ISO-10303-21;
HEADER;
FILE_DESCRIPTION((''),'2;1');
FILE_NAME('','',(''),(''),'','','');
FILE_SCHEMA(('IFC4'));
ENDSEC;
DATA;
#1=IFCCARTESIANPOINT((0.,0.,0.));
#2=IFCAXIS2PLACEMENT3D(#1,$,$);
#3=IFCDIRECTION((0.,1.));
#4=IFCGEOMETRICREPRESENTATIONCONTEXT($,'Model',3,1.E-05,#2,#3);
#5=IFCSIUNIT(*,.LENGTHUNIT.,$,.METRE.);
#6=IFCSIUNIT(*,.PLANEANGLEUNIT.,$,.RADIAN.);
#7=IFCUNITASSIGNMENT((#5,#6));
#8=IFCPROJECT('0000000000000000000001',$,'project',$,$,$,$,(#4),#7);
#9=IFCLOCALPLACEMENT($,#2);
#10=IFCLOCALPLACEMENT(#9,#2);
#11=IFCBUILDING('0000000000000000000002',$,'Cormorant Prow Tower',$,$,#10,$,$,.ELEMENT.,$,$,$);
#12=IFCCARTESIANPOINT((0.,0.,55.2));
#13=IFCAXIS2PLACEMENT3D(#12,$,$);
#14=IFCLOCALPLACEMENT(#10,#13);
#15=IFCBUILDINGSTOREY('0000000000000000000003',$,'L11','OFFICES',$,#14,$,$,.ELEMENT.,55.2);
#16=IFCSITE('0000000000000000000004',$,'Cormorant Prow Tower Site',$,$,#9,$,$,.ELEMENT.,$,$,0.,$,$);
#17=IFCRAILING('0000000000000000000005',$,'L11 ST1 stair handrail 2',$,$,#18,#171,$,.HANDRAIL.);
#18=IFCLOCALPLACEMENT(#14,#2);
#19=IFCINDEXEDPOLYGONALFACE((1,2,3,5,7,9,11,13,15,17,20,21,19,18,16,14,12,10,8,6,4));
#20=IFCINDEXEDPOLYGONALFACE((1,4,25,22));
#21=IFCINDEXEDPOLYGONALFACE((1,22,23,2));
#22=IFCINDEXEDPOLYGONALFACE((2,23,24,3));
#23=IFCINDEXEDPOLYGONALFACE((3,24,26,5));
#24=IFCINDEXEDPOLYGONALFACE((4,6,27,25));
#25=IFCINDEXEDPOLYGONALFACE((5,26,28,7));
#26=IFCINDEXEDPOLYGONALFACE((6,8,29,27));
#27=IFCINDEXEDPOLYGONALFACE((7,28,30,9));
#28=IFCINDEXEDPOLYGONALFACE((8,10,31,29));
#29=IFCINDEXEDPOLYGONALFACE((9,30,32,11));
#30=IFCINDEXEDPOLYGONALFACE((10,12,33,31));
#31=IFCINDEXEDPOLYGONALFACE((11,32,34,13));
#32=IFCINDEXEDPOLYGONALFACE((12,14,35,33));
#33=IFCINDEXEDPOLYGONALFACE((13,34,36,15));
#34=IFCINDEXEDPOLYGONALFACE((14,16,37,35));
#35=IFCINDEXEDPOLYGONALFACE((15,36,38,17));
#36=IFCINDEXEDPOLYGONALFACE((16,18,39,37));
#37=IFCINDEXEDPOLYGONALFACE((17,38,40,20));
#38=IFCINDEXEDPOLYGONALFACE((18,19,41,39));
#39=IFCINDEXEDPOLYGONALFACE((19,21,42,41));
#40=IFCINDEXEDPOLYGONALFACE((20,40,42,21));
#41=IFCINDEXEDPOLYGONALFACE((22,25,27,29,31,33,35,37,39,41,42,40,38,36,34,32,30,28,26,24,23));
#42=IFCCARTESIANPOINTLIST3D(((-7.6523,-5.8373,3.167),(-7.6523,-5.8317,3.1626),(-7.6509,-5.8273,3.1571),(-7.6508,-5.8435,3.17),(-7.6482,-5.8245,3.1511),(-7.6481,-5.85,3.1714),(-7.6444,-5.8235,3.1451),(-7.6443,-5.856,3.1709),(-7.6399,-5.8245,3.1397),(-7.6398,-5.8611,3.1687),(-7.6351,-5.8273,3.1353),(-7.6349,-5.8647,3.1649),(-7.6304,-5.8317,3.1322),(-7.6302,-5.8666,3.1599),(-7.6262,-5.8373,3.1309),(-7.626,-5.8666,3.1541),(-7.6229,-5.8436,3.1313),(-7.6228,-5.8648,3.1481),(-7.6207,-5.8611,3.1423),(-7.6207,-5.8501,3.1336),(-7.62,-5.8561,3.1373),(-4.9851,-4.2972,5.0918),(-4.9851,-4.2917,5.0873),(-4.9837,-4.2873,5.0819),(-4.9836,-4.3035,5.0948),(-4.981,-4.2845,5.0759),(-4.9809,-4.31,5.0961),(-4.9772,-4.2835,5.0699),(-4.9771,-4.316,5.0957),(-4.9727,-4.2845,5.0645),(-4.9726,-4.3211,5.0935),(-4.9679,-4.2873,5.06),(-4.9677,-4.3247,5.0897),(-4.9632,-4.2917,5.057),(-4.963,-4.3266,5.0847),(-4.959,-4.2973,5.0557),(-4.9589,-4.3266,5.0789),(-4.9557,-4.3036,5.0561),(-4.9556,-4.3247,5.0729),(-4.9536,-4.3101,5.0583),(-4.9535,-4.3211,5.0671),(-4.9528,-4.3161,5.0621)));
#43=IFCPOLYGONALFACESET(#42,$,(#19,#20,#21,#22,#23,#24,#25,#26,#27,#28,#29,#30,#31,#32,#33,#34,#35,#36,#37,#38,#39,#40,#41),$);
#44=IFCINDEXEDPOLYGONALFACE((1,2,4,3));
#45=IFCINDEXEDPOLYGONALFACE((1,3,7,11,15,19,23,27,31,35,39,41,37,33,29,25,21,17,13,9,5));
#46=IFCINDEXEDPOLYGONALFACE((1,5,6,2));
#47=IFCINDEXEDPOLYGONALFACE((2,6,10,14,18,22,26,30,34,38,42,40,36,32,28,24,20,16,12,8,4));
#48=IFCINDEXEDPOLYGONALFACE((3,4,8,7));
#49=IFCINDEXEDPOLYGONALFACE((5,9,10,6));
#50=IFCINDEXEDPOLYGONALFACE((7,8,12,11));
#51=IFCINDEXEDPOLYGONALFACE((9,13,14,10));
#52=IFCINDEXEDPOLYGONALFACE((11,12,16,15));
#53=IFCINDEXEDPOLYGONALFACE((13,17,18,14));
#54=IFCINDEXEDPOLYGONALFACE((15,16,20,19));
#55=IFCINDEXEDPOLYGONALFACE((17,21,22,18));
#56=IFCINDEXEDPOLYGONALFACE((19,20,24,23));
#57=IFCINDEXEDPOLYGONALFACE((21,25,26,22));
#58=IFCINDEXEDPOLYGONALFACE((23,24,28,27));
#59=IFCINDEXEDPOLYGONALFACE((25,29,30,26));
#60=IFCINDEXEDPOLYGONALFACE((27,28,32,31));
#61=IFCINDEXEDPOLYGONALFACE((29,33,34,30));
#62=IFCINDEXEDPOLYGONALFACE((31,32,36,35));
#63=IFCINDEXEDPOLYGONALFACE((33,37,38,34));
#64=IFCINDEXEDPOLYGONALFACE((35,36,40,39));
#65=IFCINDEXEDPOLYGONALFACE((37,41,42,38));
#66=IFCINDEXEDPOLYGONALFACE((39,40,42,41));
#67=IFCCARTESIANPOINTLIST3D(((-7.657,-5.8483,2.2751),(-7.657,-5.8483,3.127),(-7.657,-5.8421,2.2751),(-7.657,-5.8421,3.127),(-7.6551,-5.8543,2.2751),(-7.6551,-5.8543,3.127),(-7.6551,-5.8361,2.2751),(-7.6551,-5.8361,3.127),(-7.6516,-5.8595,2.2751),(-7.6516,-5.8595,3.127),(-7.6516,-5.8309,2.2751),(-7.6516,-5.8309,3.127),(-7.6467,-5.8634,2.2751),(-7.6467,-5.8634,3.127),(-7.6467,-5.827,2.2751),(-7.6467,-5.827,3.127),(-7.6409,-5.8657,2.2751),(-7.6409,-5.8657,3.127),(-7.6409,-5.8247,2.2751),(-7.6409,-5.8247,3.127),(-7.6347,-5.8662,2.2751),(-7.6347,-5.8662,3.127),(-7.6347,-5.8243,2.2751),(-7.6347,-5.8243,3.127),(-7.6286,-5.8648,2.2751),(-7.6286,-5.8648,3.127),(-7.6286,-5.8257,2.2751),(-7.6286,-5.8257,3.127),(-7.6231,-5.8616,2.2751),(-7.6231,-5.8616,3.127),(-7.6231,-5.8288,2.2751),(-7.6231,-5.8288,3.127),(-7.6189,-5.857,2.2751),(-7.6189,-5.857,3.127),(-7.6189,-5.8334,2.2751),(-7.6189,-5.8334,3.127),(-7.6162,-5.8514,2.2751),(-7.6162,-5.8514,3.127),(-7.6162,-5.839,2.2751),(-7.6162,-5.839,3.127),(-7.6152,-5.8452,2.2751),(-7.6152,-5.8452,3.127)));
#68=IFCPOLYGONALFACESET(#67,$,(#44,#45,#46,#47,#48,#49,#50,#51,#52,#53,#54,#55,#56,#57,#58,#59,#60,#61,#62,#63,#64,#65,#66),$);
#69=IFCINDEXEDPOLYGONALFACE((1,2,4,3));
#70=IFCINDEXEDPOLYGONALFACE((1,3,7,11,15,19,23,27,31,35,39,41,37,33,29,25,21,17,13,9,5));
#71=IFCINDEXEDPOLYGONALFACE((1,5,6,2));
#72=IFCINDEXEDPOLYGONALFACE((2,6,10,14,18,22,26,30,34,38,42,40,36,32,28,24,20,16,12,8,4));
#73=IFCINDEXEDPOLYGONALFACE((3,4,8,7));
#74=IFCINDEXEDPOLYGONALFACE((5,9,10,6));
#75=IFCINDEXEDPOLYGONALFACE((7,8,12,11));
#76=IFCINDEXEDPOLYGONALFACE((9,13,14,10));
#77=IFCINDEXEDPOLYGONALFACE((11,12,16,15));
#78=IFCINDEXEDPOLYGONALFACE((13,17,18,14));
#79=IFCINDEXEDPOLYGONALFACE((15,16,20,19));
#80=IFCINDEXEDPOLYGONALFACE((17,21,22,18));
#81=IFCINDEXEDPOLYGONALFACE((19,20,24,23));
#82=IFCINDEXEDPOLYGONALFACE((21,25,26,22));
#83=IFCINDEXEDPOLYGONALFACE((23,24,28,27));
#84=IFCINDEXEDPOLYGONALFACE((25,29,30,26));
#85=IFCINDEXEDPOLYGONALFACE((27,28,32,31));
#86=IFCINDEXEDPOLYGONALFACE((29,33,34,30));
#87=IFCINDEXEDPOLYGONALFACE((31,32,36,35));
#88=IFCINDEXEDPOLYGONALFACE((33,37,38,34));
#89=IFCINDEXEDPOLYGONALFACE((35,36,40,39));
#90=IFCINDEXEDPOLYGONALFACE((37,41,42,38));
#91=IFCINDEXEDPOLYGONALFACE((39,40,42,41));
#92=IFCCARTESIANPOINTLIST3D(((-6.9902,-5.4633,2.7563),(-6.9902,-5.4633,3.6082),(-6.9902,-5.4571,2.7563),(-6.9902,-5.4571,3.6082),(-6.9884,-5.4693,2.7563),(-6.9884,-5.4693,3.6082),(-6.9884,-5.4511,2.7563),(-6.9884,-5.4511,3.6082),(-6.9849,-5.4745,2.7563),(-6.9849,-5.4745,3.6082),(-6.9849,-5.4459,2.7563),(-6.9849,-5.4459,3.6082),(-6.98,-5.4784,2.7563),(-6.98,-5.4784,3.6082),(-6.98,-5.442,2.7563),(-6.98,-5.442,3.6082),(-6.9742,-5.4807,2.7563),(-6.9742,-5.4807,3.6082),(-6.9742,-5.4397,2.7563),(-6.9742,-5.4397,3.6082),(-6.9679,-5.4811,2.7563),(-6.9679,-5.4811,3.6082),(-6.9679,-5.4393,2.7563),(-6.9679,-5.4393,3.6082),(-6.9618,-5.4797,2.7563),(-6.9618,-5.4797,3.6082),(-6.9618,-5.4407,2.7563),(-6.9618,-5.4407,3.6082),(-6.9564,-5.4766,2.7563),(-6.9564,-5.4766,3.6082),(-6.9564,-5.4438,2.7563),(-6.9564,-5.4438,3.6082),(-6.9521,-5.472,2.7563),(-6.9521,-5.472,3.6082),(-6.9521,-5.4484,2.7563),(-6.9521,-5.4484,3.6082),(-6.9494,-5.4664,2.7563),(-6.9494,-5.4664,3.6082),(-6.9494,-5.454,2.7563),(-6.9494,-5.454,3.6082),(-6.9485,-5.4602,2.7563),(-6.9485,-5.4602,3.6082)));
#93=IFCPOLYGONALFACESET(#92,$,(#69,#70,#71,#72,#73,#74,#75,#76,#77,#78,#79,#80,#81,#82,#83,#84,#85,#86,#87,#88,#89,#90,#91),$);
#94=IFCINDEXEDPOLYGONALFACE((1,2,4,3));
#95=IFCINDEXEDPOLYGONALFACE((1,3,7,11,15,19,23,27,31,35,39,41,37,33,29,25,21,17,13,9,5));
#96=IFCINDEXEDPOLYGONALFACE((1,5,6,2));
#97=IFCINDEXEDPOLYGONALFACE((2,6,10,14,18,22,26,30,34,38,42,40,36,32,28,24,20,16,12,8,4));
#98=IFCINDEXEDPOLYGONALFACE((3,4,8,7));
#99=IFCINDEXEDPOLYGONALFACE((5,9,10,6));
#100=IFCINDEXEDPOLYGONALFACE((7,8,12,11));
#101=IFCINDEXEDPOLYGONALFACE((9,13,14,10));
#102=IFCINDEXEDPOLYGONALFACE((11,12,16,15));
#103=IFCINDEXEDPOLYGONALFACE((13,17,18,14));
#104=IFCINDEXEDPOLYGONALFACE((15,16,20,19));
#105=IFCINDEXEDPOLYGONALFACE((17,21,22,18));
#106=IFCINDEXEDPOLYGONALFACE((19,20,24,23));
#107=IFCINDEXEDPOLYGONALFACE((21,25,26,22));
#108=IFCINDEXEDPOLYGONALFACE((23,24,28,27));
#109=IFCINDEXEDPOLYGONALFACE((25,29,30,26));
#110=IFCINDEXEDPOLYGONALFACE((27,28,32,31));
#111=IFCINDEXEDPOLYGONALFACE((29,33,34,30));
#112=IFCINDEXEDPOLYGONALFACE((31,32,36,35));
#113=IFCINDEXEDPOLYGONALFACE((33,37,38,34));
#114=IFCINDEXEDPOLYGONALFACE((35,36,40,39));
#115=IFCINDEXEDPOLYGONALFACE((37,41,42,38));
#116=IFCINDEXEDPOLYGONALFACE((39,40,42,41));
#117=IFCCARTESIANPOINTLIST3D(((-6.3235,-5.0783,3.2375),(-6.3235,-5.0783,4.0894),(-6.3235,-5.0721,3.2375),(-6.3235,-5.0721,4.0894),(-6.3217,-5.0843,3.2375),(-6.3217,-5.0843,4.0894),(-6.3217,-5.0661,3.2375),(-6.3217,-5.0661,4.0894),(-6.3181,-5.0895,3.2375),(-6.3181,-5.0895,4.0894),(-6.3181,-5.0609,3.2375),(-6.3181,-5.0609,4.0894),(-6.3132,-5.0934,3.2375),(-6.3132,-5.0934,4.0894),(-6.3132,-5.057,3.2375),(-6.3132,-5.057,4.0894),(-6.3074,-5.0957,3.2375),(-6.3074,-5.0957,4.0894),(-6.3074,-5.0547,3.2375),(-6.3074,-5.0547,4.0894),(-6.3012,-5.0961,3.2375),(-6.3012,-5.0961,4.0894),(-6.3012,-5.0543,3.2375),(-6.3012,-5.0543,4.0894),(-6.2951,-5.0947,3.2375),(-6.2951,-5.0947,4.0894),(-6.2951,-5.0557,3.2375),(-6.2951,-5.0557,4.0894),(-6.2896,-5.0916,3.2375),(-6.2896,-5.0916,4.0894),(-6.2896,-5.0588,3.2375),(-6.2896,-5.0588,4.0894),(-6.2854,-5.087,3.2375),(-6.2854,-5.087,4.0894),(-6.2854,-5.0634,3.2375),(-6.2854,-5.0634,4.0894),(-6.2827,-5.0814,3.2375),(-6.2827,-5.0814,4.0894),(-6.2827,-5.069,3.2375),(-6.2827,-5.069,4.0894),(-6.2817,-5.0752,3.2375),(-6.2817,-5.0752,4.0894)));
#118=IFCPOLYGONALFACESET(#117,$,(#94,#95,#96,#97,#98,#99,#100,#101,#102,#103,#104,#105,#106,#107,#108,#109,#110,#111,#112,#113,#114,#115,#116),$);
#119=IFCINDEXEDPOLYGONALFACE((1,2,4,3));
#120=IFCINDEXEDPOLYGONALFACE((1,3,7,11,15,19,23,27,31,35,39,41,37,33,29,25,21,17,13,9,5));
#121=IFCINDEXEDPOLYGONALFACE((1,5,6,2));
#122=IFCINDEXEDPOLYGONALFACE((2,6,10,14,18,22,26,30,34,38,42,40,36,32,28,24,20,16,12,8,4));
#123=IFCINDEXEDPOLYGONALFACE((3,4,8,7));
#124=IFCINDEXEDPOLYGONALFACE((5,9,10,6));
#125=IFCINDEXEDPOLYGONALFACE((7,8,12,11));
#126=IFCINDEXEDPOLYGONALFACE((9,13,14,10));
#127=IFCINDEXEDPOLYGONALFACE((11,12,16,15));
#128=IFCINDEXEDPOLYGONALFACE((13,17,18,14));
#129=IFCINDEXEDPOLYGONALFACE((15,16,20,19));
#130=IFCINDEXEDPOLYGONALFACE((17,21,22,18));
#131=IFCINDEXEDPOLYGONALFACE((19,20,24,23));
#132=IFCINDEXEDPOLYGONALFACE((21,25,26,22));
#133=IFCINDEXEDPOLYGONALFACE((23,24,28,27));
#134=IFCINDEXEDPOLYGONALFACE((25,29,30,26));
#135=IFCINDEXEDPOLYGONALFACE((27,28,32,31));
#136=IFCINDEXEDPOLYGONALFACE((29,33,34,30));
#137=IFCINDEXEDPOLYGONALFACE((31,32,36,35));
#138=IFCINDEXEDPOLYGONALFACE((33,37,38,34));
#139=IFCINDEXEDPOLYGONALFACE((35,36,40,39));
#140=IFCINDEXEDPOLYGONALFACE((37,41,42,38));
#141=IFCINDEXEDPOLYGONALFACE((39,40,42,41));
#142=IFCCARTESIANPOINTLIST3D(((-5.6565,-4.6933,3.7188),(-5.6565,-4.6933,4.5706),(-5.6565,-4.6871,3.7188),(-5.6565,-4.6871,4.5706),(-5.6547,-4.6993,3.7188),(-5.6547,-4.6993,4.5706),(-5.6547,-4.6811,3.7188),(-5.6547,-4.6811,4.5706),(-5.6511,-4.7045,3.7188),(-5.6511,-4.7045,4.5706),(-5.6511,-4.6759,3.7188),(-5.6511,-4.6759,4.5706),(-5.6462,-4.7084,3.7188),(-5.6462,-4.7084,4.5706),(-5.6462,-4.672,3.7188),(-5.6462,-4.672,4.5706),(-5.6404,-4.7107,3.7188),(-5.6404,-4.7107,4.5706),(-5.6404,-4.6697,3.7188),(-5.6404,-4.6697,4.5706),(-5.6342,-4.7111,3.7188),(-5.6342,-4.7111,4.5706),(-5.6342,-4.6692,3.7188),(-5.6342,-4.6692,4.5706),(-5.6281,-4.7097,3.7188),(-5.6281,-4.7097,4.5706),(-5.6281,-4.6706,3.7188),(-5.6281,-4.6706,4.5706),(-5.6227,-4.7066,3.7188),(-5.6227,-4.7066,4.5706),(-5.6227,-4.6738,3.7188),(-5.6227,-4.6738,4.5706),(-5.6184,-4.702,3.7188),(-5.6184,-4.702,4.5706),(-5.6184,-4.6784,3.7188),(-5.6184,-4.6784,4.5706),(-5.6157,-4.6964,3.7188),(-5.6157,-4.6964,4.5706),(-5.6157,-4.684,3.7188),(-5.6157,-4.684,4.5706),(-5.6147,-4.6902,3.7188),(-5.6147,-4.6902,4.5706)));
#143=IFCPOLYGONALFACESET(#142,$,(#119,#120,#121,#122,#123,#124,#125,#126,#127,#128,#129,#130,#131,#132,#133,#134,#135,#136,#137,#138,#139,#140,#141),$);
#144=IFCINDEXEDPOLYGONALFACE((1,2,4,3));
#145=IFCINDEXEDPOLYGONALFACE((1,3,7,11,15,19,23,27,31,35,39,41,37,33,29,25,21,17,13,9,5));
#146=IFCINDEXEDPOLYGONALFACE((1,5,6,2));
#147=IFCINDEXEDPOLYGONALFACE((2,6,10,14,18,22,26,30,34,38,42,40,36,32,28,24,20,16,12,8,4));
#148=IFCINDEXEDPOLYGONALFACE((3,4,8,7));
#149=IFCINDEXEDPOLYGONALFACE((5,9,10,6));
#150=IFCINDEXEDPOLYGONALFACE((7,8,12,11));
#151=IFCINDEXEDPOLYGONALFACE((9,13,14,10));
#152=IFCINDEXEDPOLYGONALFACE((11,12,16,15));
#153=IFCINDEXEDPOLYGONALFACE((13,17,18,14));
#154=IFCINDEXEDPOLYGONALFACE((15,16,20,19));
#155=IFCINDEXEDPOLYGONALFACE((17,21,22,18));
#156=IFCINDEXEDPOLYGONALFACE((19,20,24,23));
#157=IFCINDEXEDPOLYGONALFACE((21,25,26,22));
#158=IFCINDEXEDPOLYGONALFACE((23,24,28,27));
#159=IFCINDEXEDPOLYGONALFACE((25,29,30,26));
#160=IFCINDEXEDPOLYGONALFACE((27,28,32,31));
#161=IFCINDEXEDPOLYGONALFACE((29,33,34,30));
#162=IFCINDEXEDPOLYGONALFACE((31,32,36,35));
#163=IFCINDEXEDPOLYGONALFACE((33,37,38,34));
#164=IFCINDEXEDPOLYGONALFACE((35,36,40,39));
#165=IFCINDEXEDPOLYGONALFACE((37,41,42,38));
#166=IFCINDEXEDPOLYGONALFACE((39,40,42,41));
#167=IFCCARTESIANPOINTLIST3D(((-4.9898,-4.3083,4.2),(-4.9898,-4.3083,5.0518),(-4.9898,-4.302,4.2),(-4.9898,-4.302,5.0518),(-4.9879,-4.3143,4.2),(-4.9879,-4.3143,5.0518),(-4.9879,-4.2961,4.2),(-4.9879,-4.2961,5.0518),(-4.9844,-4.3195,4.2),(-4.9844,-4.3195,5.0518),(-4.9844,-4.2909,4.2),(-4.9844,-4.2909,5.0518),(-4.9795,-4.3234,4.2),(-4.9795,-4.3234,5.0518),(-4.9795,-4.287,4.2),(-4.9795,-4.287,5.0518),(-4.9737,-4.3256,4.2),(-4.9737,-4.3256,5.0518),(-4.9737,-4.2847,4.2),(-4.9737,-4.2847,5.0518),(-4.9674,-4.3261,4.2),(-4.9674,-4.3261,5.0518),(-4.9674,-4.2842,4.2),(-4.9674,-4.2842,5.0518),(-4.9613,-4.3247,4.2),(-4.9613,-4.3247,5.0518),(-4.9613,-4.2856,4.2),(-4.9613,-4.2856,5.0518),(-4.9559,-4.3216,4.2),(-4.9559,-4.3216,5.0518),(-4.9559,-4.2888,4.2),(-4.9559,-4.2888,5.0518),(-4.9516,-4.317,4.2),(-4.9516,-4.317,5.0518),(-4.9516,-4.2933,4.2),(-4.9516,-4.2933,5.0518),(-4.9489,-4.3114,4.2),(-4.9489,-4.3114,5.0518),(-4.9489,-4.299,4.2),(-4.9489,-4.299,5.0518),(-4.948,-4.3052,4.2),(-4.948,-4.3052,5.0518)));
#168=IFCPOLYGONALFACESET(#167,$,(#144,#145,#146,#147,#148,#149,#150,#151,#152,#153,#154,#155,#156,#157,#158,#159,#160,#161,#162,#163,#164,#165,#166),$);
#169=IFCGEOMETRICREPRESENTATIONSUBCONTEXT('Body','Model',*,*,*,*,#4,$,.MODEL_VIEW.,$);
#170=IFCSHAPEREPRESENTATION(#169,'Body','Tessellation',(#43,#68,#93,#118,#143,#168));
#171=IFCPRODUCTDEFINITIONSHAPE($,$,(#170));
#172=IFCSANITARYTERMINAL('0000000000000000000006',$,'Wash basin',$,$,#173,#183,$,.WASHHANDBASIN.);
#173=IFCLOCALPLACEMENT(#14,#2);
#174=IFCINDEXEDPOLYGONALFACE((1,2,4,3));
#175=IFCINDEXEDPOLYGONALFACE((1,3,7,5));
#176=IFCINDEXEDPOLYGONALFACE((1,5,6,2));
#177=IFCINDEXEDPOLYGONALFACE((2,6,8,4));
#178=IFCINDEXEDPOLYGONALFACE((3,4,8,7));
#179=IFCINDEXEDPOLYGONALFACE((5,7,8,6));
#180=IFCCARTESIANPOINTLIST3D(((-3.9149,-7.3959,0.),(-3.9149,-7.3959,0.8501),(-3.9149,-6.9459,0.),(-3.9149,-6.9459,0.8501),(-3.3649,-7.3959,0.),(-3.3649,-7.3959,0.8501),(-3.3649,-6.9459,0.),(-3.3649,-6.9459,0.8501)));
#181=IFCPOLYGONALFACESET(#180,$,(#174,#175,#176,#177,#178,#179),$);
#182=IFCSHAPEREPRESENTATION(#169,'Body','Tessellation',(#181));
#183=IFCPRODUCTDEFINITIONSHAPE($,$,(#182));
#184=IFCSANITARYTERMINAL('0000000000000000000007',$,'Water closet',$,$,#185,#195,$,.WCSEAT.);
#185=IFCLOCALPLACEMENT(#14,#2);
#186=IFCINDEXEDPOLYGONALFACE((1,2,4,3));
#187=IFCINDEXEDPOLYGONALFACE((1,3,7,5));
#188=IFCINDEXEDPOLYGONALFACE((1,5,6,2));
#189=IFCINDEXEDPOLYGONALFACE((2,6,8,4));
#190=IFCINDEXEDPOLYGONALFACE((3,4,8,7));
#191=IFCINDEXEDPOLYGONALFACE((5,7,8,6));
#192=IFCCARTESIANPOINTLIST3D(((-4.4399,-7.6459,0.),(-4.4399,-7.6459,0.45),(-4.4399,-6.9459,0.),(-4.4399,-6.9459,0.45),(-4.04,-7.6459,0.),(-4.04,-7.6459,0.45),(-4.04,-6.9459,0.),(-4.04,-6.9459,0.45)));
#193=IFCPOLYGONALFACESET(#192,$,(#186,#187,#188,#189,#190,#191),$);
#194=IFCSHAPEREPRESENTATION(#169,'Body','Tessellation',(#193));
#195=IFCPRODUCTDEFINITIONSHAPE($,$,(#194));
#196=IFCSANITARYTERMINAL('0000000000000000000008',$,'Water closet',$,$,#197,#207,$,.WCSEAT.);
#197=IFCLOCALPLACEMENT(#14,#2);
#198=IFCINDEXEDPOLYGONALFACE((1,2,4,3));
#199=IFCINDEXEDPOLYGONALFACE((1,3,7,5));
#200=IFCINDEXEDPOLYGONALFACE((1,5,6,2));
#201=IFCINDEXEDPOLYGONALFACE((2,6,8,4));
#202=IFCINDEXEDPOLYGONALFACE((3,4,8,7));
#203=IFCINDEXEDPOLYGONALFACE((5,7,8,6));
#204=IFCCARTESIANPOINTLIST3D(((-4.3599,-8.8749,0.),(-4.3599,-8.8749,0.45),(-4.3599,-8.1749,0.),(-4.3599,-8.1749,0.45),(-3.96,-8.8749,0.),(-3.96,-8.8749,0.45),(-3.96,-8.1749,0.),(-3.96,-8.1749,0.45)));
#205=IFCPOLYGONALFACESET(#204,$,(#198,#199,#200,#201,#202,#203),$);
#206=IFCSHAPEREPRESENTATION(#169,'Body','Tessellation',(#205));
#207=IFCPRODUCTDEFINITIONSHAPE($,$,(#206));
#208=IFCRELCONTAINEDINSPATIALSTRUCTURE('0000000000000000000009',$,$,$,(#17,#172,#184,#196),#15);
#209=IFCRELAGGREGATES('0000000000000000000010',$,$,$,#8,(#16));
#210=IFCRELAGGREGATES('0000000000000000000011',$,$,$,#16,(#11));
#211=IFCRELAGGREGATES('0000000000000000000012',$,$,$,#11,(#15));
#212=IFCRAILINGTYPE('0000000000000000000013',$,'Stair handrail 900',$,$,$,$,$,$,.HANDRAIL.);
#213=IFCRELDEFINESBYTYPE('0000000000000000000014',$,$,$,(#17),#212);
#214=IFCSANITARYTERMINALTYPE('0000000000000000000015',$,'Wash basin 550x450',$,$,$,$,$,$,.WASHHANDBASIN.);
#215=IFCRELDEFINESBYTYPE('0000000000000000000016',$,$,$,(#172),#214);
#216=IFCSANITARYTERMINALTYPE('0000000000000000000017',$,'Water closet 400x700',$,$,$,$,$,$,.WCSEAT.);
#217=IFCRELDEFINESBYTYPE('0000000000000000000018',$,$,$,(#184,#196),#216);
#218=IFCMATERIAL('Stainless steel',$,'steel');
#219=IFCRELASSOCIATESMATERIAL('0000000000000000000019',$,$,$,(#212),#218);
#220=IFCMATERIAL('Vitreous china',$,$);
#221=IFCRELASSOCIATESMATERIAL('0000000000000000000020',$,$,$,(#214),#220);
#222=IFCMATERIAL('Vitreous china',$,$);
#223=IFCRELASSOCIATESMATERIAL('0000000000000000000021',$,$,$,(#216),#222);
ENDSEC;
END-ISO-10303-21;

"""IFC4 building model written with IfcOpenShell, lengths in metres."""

from ifc_helpers import new_model, si_unit, direction, frame, origin, origin_2d, place, context, subcontext, project, spatial, rectangle, circle, extrude, material, type_object, element, save


model = new_model("IFC4")

# Units and contexts
model_context = context("Model", 3, precision=1e-05, world=origin(), true_north=direction((0.0, 1.0)))
body_context = subcontext(model_context, "Body", "Model", "MODEL_VIEW")
ifc_project = project(units=[si_unit("LENGTHUNIT", "METRE"), si_unit("PLANEANGLEUNIT", "RADIAN")], contexts=[model_context])

# Site, building, storey
site_placement = place(None, origin())
site = spatial("IfcSite", under=ifc_project, at=site_placement, Name="Cormorant Prow Tower Site", CompositionType="ELEMENT", RefElevation=0.0)
building_placement = place(site_placement, origin())
building = spatial("IfcBuilding", under=site, at=building_placement, Name="Cormorant Prow Tower", CompositionType="ELEMENT")
storey_placement = place(building_placement, frame((0.0, 0.0, 55.2)))
storey = spatial("IfcBuildingStorey", under=building, at=storey_placement, Name="L11", Description="OFFICES", CompositionType="ELEMENT", Elevation=55.2)

# Railing
ifc_material_1 = material(Name="Stainless steel", Category="steel")
railing_type_1 = type_object("IfcRailingType", Name="Stair handrail 900", PredefinedType="HANDRAIL", material=ifc_material_1)
railing_1_placement = place(storey_placement, frame((-7.6362, -5.8452, 2.2751)))
element("IfcRailing", 1, at=railing_1_placement, inside=storey, type_object=railing_type_1, Name="L11 ST1 stair handrail 2", PredefinedType="HANDRAIL", context=body_context, shape_type="SweptSolid", body=[
    extrude(circle(Radius=0.0239, at=origin_2d()), frame((0.0, 0.0, 0.876), z_axis=(0.73439, 0.424031, 0.529971), x_axis=(-0.500027, 0.86601, 0.0)), (0.0, 0.0, 1.0), 3.6318),
    extrude(circle(Radius=0.021, at=origin_2d()), origin(), (0.0, 0.0, 1.0), 0.8518),
    extrude(circle(Radius=0.021, at=origin_2d()), frame((0.6667, 0.385, 0.4812)), (0.0, 0.0, 1.0), 0.8518),
    extrude(circle(Radius=0.021, at=origin_2d()), frame((1.3335, 0.77, 0.9624)), (0.0, 0.0, 1.0), 0.8518),
    extrude(circle(Radius=0.021, at=origin_2d()), frame((2.0005, 1.155, 1.4436)), (0.0, 0.0, 1.0), 0.8518),
    extrude(circle(Radius=0.021, at=origin_2d()), frame((2.6672, 1.54, 1.9248)), (0.0, 0.0, 1.0), 0.8518),
])

# Sanitary terminals
ifc_material_2 = material(Name="Vitreous china")
sanitary_terminal_type_1 = type_object("IfcSanitaryTerminalType", Name="Wash basin 550x450", PredefinedType="WASHHANDBASIN", material=ifc_material_2)
sanitary_terminal_placement = place(storey_placement, frame((-3.6399, -7.1709, 0.0), z_axis=(0.0, 0.0, 1.0), x_axis=(-1.0, 0.0, 0.0)))
element("IfcSanitaryTerminal", 2, at=sanitary_terminal_placement, inside=storey, type_object=sanitary_terminal_type_1, Name="Wash basin", PredefinedType="WASHHANDBASIN", context=body_context, shape_type="SweptSolid", body=[
    extrude(rectangle(XDim=0.55, YDim=0.45, at=origin_2d()), origin(), (0.0, 0.0, 1.0), 0.8501),
])
ifc_material_3 = material(Name="Vitreous china")
sanitary_terminal_type_2 = type_object("IfcSanitaryTerminalType", Name="Water closet 400x700", PredefinedType="WCSEAT", material=ifc_material_3)
for number, where, z_axis, x_axis, name in (
    (3, (-4.24, -7.2959, 0.0), (0.0, 0.0, 1.0), (-1.0, 0.0, 0.0), "Water closet"),
    (4, (-4.1599, -8.5249, 0.0), (0.0, 0.0, 1.0), (1.0, 0.0, 0.0), "Water closet"),
):
    element("IfcSanitaryTerminal", number, at=place(storey_placement, frame(where, z_axis=z_axis, x_axis=x_axis)), inside=storey, type_object=sanitary_terminal_type_2, Name=name, PredefinedType="WCSEAT", context=body_context, shape_type="SweptSolid", body=[
        extrude(rectangle(XDim=0.3999, YDim=0.7, at=origin_2d()), origin(), (0.0, 0.0, 1.0), 0.45),
    ])

save(model, "model.ifc")
